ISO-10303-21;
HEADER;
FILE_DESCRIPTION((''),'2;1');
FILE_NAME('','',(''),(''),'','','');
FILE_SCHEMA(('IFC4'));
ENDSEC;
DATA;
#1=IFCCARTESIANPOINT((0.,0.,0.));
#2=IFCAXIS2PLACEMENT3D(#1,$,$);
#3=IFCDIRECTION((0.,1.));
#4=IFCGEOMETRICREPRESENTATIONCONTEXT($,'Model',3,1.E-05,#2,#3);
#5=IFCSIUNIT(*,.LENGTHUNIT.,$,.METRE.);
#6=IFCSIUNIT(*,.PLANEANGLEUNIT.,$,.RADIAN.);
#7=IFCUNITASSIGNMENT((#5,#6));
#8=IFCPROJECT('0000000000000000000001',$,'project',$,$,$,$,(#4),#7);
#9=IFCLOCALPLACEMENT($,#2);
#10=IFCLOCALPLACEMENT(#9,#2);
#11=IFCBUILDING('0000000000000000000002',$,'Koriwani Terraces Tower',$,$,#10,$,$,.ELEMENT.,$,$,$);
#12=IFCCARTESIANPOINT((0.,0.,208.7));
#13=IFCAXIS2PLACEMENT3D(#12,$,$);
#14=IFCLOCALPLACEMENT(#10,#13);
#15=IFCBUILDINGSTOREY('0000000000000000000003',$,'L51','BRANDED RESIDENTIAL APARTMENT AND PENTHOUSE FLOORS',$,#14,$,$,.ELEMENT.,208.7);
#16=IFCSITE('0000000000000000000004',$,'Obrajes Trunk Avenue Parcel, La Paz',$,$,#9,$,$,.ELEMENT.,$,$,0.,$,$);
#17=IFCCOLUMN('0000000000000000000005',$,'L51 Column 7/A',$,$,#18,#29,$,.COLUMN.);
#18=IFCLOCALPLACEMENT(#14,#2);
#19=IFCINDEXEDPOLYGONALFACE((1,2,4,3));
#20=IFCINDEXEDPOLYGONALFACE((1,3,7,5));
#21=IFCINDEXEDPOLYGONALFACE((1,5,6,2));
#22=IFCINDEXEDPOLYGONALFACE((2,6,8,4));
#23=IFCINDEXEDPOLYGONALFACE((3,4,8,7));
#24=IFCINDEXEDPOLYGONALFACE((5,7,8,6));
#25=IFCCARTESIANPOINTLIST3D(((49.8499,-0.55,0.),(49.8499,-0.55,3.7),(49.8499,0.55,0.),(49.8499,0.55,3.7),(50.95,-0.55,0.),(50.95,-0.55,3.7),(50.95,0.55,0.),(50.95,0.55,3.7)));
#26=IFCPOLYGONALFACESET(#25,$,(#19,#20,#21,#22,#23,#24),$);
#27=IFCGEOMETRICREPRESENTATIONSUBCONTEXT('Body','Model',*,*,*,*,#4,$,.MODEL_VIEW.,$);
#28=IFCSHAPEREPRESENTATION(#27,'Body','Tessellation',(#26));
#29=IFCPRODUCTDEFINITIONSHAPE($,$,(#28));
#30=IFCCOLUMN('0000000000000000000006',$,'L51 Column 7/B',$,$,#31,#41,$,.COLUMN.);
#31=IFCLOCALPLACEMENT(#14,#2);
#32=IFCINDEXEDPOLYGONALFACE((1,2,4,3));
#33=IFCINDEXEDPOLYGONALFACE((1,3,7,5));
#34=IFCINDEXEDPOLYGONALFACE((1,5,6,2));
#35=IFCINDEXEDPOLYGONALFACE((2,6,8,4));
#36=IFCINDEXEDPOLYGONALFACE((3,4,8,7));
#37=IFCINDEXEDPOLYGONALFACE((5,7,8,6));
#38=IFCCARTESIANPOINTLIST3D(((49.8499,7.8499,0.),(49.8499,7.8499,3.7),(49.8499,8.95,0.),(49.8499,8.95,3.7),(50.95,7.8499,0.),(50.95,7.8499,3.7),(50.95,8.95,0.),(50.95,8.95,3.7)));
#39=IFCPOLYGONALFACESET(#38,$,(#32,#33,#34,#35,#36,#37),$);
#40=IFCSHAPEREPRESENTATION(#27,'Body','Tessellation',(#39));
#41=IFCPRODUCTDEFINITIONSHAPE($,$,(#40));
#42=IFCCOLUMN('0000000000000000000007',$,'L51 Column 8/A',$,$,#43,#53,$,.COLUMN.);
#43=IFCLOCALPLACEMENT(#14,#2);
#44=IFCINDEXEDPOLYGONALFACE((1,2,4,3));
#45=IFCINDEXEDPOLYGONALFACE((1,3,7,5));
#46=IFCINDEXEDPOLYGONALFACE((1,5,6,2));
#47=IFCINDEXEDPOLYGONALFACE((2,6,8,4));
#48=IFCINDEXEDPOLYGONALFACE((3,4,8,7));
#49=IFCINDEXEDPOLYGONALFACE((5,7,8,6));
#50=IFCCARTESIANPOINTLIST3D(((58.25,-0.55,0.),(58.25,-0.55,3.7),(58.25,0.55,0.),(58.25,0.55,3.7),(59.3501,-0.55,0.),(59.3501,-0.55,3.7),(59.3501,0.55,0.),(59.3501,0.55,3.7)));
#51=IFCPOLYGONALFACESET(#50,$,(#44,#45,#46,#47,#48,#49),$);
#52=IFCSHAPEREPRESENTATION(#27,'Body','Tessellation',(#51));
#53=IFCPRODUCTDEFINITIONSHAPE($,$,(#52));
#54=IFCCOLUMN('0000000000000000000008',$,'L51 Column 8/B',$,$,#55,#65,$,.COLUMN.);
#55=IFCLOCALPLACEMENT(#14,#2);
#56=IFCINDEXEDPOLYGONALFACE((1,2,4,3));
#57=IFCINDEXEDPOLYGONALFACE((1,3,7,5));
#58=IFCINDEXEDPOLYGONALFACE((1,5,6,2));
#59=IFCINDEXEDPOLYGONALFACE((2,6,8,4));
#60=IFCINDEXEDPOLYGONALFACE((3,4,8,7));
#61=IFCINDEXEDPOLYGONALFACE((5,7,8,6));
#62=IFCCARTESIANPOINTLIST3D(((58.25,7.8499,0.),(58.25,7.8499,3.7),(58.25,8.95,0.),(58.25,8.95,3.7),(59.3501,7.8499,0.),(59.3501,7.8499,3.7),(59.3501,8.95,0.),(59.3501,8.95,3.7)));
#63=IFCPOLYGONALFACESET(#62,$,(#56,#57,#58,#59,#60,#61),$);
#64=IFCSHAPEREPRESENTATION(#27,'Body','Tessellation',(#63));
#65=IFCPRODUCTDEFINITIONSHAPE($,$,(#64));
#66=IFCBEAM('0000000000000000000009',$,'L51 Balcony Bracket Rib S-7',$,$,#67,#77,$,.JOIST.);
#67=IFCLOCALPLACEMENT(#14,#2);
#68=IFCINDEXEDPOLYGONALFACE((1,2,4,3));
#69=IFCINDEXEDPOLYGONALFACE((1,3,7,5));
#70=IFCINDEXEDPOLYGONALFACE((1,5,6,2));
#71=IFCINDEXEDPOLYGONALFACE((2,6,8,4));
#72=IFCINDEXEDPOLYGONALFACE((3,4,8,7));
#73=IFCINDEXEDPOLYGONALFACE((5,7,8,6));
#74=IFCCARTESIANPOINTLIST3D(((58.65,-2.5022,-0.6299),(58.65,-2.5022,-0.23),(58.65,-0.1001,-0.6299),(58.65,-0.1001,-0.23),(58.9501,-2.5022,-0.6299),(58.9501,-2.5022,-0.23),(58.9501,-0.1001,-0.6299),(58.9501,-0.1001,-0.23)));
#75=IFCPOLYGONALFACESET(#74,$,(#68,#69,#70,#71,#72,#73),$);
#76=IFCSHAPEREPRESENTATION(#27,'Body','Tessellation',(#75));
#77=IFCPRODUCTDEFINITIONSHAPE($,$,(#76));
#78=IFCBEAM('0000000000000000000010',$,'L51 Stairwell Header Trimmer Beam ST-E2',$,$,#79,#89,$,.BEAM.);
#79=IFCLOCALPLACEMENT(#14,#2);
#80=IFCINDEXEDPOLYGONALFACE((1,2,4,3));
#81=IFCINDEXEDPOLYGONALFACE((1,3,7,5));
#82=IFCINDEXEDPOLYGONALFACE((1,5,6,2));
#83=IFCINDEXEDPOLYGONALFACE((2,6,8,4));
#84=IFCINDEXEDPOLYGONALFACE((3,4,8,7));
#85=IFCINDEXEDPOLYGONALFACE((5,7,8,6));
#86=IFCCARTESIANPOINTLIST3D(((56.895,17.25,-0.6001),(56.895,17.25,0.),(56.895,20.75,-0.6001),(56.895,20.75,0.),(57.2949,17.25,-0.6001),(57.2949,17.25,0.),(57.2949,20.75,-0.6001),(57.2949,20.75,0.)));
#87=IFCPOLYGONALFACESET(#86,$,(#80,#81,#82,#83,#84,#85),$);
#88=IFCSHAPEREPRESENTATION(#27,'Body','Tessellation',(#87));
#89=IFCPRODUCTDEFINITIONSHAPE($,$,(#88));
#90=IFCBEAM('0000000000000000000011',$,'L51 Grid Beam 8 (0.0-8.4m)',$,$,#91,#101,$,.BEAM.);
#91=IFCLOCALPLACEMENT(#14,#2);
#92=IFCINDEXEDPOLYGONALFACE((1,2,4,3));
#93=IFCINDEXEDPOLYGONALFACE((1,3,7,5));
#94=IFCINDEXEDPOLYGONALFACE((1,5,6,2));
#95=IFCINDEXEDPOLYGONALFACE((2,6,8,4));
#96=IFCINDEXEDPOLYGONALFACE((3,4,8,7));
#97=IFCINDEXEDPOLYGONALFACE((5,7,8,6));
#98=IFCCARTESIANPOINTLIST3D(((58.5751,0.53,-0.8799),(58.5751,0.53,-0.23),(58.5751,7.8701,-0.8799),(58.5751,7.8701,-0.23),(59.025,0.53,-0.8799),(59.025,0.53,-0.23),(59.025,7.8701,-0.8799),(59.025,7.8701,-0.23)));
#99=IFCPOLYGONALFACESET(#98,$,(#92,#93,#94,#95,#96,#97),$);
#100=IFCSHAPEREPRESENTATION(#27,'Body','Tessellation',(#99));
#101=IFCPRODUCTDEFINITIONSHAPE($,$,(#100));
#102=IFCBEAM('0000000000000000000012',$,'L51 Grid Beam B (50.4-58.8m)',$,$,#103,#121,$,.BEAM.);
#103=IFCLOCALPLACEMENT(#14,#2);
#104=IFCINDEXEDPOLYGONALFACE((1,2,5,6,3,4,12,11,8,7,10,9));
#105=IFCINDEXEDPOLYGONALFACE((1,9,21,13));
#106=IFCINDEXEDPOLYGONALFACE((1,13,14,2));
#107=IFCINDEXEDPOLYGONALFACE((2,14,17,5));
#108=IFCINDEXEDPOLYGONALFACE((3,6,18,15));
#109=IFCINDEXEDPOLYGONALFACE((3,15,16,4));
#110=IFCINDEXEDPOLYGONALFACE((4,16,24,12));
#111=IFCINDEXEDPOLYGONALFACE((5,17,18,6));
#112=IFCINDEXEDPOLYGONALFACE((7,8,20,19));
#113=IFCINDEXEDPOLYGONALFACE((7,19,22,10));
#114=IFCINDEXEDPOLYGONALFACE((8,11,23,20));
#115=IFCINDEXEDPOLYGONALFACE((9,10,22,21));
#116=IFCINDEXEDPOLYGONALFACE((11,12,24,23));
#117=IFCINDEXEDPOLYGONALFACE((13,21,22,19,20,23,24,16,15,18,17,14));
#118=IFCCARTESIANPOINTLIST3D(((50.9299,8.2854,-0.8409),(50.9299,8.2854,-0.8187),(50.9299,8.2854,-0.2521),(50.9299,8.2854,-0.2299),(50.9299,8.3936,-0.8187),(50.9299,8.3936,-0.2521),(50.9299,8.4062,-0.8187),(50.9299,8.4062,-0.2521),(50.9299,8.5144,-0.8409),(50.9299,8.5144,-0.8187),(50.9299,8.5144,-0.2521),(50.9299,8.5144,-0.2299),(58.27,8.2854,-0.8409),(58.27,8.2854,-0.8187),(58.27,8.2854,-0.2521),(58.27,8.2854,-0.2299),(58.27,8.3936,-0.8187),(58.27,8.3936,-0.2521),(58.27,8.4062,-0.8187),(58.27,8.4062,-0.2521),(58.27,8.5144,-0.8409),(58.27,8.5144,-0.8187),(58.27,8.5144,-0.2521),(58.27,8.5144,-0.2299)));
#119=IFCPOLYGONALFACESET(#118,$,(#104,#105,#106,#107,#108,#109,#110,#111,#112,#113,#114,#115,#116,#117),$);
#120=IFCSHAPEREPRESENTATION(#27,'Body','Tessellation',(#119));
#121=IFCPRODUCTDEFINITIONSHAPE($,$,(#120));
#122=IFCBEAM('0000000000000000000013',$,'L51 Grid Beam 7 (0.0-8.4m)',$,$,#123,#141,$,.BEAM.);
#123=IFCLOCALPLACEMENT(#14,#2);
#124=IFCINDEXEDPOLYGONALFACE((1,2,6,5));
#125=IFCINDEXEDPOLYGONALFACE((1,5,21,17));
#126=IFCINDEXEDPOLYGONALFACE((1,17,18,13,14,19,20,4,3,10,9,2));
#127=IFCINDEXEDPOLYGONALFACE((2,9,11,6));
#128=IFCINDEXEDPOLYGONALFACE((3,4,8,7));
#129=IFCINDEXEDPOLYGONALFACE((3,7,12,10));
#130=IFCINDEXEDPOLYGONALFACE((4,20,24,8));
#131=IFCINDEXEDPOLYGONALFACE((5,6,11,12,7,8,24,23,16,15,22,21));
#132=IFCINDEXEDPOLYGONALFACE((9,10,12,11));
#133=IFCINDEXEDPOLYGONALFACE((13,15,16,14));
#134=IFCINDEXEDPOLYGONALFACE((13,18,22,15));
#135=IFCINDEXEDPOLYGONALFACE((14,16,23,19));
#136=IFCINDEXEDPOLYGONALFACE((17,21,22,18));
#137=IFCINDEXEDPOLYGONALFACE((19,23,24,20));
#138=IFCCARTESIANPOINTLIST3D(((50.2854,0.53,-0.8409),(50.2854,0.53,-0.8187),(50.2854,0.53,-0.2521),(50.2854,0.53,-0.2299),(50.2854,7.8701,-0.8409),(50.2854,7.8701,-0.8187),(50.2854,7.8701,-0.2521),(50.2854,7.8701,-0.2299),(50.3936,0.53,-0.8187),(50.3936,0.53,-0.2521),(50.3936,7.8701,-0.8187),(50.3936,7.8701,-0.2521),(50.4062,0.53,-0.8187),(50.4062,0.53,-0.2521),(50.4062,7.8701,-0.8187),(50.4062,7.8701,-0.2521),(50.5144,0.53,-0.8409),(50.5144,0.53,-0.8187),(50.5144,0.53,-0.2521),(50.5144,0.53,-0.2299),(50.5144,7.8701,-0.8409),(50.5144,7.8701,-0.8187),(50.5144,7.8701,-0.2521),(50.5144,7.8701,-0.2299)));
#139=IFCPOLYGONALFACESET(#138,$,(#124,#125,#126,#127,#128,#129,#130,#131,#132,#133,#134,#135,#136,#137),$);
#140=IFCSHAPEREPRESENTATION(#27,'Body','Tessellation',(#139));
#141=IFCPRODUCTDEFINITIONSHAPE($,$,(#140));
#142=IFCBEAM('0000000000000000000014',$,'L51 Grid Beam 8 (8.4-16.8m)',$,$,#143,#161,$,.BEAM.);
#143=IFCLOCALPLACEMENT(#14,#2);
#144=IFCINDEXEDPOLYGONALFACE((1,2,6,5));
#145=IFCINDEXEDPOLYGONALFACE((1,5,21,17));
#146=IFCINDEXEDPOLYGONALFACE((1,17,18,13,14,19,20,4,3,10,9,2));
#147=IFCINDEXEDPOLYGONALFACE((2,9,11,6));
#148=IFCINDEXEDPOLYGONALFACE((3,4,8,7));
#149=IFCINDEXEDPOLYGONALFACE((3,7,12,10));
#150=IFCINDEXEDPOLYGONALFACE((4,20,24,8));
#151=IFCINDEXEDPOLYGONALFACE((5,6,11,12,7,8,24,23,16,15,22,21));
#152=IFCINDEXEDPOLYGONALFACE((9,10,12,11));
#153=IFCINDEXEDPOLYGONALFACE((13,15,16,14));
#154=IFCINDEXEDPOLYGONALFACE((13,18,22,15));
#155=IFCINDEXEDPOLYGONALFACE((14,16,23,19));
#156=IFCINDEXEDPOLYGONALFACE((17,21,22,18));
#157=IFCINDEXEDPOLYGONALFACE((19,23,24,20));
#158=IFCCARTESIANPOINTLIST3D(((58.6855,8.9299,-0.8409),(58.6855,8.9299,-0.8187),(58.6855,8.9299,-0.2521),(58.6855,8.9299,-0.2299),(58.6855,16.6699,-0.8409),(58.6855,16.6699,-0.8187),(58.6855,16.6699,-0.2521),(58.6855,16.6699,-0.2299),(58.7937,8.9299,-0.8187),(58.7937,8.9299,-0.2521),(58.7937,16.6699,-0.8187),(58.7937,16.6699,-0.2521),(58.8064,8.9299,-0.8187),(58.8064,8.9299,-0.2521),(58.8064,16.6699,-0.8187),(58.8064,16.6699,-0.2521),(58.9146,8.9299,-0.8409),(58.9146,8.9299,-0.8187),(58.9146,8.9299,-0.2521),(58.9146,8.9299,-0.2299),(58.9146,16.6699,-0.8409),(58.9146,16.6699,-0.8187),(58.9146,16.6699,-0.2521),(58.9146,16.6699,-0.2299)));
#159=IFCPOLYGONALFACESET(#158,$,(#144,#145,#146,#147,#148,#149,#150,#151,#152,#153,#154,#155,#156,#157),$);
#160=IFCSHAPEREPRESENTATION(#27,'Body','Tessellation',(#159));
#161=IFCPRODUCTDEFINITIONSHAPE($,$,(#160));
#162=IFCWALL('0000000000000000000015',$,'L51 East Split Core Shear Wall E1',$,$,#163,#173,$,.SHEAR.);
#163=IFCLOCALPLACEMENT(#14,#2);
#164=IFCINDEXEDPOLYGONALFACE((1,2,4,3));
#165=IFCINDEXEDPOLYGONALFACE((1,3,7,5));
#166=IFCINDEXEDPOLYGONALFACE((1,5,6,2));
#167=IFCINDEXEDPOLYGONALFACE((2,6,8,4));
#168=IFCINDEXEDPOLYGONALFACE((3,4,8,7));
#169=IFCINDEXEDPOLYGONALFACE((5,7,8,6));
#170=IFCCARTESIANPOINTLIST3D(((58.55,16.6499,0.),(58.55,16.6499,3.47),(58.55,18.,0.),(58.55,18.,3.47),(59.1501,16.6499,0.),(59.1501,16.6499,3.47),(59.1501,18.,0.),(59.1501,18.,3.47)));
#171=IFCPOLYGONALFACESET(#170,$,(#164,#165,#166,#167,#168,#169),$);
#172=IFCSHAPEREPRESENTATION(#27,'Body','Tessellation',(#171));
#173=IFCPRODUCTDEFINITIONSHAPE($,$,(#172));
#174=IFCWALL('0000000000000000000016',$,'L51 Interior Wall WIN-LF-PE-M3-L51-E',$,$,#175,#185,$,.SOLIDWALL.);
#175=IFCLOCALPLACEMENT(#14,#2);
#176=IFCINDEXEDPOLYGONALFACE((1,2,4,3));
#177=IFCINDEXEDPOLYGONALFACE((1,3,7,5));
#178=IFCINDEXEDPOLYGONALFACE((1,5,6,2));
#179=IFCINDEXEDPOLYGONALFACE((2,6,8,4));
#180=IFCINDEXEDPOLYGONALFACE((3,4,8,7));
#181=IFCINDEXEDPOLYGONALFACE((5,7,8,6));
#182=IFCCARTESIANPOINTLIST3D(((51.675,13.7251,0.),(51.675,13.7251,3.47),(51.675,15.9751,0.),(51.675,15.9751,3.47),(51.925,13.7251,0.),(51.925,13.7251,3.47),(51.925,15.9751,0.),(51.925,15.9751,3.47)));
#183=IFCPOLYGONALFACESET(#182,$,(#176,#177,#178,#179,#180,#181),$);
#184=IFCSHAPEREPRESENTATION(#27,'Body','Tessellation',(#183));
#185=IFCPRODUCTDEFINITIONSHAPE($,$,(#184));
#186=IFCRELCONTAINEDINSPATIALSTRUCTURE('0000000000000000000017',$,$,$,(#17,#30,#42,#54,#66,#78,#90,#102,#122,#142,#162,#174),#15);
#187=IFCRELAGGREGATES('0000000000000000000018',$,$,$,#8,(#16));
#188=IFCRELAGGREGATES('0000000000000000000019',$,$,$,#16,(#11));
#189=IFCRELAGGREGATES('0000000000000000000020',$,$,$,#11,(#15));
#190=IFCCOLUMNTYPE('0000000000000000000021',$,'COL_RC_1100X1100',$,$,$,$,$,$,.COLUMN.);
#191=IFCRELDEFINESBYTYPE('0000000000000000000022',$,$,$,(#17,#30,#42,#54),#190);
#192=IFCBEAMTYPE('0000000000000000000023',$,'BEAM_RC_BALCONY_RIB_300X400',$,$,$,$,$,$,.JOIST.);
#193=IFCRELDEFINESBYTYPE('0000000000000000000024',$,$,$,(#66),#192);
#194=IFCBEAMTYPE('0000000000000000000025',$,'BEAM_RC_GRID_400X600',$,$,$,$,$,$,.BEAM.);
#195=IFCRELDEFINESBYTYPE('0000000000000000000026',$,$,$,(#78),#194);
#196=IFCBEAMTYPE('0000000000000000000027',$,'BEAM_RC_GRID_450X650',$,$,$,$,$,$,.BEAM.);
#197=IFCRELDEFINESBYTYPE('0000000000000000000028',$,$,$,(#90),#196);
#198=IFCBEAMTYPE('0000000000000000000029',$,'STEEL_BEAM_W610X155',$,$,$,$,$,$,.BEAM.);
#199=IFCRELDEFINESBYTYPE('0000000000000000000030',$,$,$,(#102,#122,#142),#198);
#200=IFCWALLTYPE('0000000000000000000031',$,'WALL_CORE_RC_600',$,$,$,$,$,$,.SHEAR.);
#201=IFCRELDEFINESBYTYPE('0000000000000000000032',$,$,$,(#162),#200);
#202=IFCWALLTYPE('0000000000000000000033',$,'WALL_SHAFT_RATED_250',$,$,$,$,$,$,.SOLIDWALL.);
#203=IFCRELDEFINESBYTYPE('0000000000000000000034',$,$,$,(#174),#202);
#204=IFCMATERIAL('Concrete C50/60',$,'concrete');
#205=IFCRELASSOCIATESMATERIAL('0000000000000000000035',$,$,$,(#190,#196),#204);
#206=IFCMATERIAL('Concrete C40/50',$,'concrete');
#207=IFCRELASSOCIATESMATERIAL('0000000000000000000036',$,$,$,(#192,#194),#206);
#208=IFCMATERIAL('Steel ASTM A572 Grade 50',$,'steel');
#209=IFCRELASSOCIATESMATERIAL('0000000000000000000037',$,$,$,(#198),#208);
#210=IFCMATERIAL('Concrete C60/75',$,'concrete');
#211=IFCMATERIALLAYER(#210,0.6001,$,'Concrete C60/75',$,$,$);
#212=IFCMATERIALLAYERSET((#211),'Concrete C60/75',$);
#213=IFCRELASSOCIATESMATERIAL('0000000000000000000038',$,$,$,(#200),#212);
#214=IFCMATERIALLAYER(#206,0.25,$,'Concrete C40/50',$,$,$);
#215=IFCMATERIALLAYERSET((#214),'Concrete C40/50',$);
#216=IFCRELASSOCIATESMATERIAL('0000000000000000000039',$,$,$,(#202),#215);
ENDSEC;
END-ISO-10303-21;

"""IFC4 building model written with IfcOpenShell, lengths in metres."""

from ifc_helpers import new_model, si_unit, direction, frame, frame_2d, origin, origin_2d, place, context, subcontext, project, spatial, rectangle, i_section, extrude, material, layer, layer_set, material_profile, profile_set, type_object, element, save


model = new_model("IFC4")

# Units and contexts
model_context = context("Model", 3, precision=1e-05, world=origin(), true_north=direction((0.0, 1.0)))
body_context = subcontext(model_context, "Body", "Model", "MODEL_VIEW")
ifc_project = project(units=[si_unit("LENGTHUNIT", "METRE"), si_unit("PLANEANGLEUNIT", "RADIAN")], contexts=[model_context])

# Site, building, storey
site_placement = place(None, origin())
site = spatial("IfcSite", under=ifc_project, at=site_placement, Name="Obrajes Trunk Avenue Parcel, La Paz", CompositionType="ELEMENT", RefElevation=0.0)
building_placement = place(site_placement, origin())
building = spatial("IfcBuilding", under=site, at=building_placement, Name="Koriwani Terraces Tower", CompositionType="ELEMENT")
storey_placement = place(building_placement, frame((0.0, 0.0, 208.7)))
storey = spatial("IfcBuildingStorey", under=building, at=storey_placement, Name="L51", Description="BRANDED RESIDENTIAL APARTMENT AND PENTHOUSE FLOORS", CompositionType="ELEMENT", Elevation=208.7)

# Columns
ifc_material_1 = material(Name="Concrete C50/60", Category="concrete")
ifc_material_profile_1 = material_profile(ifc_material_1, rectangle(XDim=1.1001, YDim=1.1001, at=origin_2d()), Name="Concrete C50/60", Category="LoadBearing")
ifc_profile_set_1 = profile_set([ifc_material_profile_1], Name="Concrete C50/60")
column_type = type_object("IfcColumnType", Name="COL_RC_1100X1100", PredefinedType="COLUMN", material=ifc_profile_set_1)
for number, where, z_axis, x_axis, name in (
    (1, (50.3999, 0.0, 0.0), (0.0, 0.0, 1.0), (1.0, 0.0, 0.0), "L51 Column 7/A"),
    (2, (50.3999, 8.3999, 0.0), (0.0, 0.0, 1.0), (1.0, 0.0, 0.0), "L51 Column 7/B"),
    (3, (58.8, 0.0, 0.0), (0.0, 0.0, 1.0), (1.0, 0.0, 0.0), "L51 Column 8/A"),
    (4, (58.8, 8.3999, 0.0), (0.0, 0.0, 1.0), (1.0, 0.0, 0.0), "L51 Column 8/B"),
):
    element("IfcColumn", number, at=place(storey_placement, frame(where, z_axis=z_axis, x_axis=x_axis)), inside=storey, type_object=column_type, Name=name, PredefinedType="COLUMN", context=body_context, shape_type="SweptSolid", body=[
        extrude(rectangle(XDim=1.1001, YDim=1.1001, at=origin_2d()), origin(), (0.0, 0.0, 1.0), 3.7),
    ])

# Beams
ifc_material_2 = material(Name="Concrete C40/50", Category="concrete")
ifc_material_profile_2 = material_profile(ifc_material_2, rectangle(XDim=0.3, YDim=0.3999, at=origin_2d()), Name="Concrete C40/50", Category="LoadBearing")
ifc_profile_set_2 = profile_set([ifc_material_profile_2], Name="Concrete C40/50")
beam_type_1 = type_object("IfcBeamType", Name="BEAM_RC_BALCONY_RIB_300X400", PredefinedType="JOIST", material=ifc_profile_set_2)
beam_1_placement = place(storey_placement, frame((58.8, -2.5022, -0.4299), z_axis=(0.0, 1.0, 0.0), x_axis=(-1.0, 0.0, 0.0)))
element("IfcBeam", 5, at=beam_1_placement, inside=storey, type_object=beam_type_1, Name="L51 Balcony Bracket Rib S-7", PredefinedType="JOIST", context=body_context, shape_type="SweptSolid", body=[
    extrude(rectangle(XDim=0.3, YDim=0.3999, at=origin_2d()), origin(), (0.0, 0.0, 1.0), 2.4021),
])
ifc_material_profile_3 = material_profile(ifc_material_2, rectangle(XDim=0.3999, YDim=0.6001, at=origin_2d()), Name="Concrete C40/50", Category="LoadBearing")
ifc_profile_set_3 = profile_set([ifc_material_profile_3], Name="Concrete C40/50")
beam_type_2 = type_object("IfcBeamType", Name="BEAM_RC_GRID_400X600", PredefinedType="BEAM", material=ifc_profile_set_3)
beam_2_placement = place(storey_placement, frame((57.095, 17.25, -0.3), z_axis=(0.0, 1.0, 0.0), x_axis=(-1.0, 0.0, 0.0)))
element("IfcBeam", 6, at=beam_2_placement, inside=storey, type_object=beam_type_2, Name="L51 Stairwell Header Trimmer Beam ST-E2", PredefinedType="BEAM", context=body_context, shape_type="SweptSolid", body=[
    extrude(rectangle(XDim=0.3999, YDim=0.6001, at=origin_2d()), origin(), (0.0, 0.0, 1.0), 3.5),
])
ifc_material_profile_4 = material_profile(ifc_material_1, rectangle(XDim=0.45, YDim=0.6499, at=origin_2d()), Name="Concrete C50/60", Category="LoadBearing")
ifc_profile_set_4 = profile_set([ifc_material_profile_4], Name="Concrete C50/60")
beam_type_3 = type_object("IfcBeamType", Name="BEAM_RC_GRID_450X650", PredefinedType="BEAM", material=ifc_profile_set_4)
beam_3_placement = place(storey_placement, frame((58.8, 0.53, -0.5549), z_axis=(0.0, 1.0, 0.0), x_axis=(-1.0, 0.0, 0.0)))
element("IfcBeam", 7, at=beam_3_placement, inside=storey, type_object=beam_type_3, Name="L51 Grid Beam 8 (0.0-8.4m)", PredefinedType="BEAM", context=body_context, shape_type="SweptSolid", body=[
    extrude(rectangle(XDim=0.45, YDim=0.6499, at=origin_2d()), origin(), (0.0, 0.0, 1.0), 7.3401),
])
ifc_material_3 = material(Name="Steel ASTM A572 Grade 50", Category="steel")
ifc_material_profile_5 = material_profile(ifc_material_3, i_section(OverallWidth=0.229, OverallDepth=0.6111, WebThickness=0.0127, FlangeThickness=0.0222, at=origin_2d()), Name="Steel ASTM A572 Grade 50", Category="LoadBearing")
ifc_profile_set_5 = profile_set([ifc_material_profile_5], Name="Steel ASTM A572 Grade 50")
beam_type_4 = type_object("IfcBeamType", Name="STEEL_BEAM_W610X155", PredefinedType="BEAM", material=ifc_profile_set_5)
for number, where, z_axis, x_axis, name in (
    (8, (50.9299, 8.3999, -0.5354), (1.0, 0.0, 0.0), (0.0, 1.0, 0.0), "L51 Grid Beam B (50.4-58.8m)"),
    (9, (50.3999, 0.53, -0.5354), (0.0, 1.0, 0.0), (-1.0, 0.0, 0.0), "L51 Grid Beam 7 (0.0-8.4m)"),
):
    element("IfcBeam", number, at=place(storey_placement, frame(where, z_axis=z_axis, x_axis=x_axis)), inside=storey, type_object=beam_type_4, Name=name, PredefinedType="BEAM", context=body_context, shape_type="SweptSolid", body=[
        extrude(i_section(OverallWidth=0.229, OverallDepth=0.6111, WebThickness=0.0127, FlangeThickness=0.0222, at=origin_2d()), origin(), (0.0, 0.0, 1.0), 7.3401),
    ])
beam_4_placement = place(storey_placement, frame((58.8, 8.9299, -0.5354), z_axis=(0.0, 1.0, 0.0), x_axis=(-1.0, 0.0, 0.0)))
element("IfcBeam", 10, at=beam_4_placement, inside=storey, type_object=beam_type_4, Name="L51 Grid Beam 8 (8.4-16.8m)", PredefinedType="BEAM", context=body_context, shape_type="SweptSolid", body=[
    extrude(i_section(OverallWidth=0.229, OverallDepth=0.6111, WebThickness=0.0127, FlangeThickness=0.0222, at=origin_2d()), origin(), (0.0, 0.0, 1.0), 7.74),
])

# Wall
ifc_material_4 = material(Name="Concrete C60/75", Category="concrete")
ifc_layer_1 = layer(ifc_material_4, 0.6001, Name="Concrete C60/75")
ifc_layer_set_1 = layer_set([ifc_layer_1], Name="Concrete C60/75")
wall_type_1 = type_object("IfcWallType", Name="WALL_CORE_RC_600", PredefinedType="SHEAR", material=ifc_layer_set_1)
wall_1_placement = place(storey_placement, frame((58.8501, 16.6499, 0.0), z_axis=(0.0, 0.0, 1.0), x_axis=(0.0, 1.0, 0.0)))
element("IfcWall", 11, at=wall_1_placement, inside=storey, type_object=wall_type_1, Name="L51 East Split Core Shear Wall E1", PredefinedType="SHEAR", context=body_context, shape_type="SweptSolid", body=[
    extrude(rectangle(XDim=1.3501, YDim=0.6001, at=frame_2d((0.675, 0.0))), origin(), (0.0, 0.0, 1.0), 3.47),
])

# Shared definitions
ifc_layer_2 = layer(ifc_material_2, 0.25, Name="Concrete C40/50")
ifc_layer_set_2 = layer_set([ifc_layer_2], Name="Concrete C40/50")
wall_type_2 = type_object("IfcWallType", Name="WALL_SHAFT_RATED_250", PredefinedType="SOLIDWALL", material=ifc_layer_set_2)

# Wall
wall_2_placement = place(storey_placement, frame((51.8, 13.7251, 0.0), z_axis=(0.0, 0.0, 1.0), x_axis=(0.0, 1.0, 0.0)))
element("IfcWall", 12, at=wall_2_placement, inside=storey, type_object=wall_type_2, Name="L51 Interior Wall WIN-LF-PE-M3-L51-E", PredefinedType="SOLIDWALL", context=body_context, shape_type="SweptSolid", body=[
    extrude(rectangle(XDim=2.25, YDim=0.25, at=frame_2d((1.125, 0.0))), origin(), (0.0, 0.0, 1.0), 3.47),
])

save(model, "model.ifc")
